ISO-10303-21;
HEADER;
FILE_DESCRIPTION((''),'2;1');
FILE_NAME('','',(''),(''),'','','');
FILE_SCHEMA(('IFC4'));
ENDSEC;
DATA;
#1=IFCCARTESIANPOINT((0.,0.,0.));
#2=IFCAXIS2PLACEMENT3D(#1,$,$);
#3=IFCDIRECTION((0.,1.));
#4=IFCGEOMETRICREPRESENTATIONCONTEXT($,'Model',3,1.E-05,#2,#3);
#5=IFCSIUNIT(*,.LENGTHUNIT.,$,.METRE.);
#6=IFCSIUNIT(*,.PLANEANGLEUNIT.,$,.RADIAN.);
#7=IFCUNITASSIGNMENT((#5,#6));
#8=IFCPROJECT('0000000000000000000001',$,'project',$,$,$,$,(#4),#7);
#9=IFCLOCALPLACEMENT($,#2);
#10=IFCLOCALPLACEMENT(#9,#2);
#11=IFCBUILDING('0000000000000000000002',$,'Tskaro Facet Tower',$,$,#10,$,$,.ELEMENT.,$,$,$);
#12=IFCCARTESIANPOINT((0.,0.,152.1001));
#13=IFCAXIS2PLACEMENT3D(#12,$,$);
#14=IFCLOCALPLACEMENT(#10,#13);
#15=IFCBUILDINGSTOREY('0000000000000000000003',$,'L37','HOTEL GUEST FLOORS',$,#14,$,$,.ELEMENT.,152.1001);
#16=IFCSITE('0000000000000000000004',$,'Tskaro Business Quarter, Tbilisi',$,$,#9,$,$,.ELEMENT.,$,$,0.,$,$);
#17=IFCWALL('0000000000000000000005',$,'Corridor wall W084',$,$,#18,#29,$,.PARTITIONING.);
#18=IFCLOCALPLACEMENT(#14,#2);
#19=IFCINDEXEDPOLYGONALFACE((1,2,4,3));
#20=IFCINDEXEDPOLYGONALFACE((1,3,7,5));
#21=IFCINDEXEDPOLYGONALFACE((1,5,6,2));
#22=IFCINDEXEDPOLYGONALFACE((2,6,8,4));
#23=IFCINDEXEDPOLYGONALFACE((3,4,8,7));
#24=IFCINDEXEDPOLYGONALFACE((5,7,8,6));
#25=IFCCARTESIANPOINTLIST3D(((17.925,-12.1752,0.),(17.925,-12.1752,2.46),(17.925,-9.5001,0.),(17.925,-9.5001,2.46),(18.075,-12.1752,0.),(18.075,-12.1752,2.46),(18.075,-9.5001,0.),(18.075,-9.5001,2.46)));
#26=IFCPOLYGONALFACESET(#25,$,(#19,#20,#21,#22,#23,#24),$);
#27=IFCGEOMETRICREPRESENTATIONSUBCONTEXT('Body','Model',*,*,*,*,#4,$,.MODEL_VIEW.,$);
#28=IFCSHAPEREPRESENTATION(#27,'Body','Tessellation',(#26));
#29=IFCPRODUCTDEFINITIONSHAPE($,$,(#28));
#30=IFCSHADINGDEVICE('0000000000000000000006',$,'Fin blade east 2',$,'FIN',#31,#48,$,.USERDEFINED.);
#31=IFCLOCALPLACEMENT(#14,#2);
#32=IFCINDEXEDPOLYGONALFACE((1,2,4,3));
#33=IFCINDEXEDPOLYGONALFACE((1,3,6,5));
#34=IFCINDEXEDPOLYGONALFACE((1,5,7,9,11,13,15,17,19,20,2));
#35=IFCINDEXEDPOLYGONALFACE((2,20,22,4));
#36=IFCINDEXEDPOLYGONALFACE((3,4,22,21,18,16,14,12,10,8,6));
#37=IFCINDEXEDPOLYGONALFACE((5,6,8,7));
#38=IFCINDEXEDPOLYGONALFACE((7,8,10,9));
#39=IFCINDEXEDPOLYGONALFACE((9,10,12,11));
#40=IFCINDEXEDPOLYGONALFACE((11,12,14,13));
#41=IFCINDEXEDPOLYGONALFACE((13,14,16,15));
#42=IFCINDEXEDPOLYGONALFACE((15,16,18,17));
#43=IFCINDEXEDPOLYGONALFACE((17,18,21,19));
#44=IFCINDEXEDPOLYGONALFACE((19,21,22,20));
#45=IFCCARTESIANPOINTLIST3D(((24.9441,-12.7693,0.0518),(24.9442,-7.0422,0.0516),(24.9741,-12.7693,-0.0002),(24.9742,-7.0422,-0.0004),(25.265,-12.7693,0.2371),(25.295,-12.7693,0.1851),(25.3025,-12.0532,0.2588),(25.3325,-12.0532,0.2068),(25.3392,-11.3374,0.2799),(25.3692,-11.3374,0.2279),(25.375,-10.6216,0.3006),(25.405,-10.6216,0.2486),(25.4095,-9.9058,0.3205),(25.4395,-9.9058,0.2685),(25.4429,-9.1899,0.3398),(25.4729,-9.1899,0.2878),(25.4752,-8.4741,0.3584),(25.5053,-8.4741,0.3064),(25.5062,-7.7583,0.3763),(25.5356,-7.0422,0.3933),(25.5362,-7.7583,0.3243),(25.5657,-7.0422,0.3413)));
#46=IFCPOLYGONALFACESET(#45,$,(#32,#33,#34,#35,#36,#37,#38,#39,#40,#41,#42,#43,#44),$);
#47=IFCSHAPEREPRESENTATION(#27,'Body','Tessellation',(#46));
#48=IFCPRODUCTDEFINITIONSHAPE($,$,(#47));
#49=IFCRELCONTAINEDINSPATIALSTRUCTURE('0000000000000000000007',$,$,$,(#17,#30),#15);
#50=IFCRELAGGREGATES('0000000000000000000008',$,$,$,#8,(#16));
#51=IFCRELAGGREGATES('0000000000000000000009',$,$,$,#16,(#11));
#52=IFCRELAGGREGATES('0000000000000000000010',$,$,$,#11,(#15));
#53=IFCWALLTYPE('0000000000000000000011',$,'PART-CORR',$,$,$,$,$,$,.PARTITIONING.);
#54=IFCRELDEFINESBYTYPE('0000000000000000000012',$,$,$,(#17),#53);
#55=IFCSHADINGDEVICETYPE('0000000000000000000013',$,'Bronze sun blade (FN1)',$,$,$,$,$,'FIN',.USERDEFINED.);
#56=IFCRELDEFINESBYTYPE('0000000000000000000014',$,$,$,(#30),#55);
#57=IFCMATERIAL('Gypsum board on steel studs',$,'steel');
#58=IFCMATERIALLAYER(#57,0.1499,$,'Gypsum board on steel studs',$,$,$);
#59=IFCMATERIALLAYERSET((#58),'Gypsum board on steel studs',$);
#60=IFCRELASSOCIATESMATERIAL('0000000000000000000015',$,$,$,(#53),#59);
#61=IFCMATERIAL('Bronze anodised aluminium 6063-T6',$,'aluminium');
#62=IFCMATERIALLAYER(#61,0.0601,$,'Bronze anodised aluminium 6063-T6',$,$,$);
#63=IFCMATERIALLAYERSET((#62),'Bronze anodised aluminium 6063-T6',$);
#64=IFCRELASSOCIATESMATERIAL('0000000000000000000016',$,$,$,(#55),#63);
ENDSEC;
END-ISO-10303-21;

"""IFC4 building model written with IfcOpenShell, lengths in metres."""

from ifc_helpers import new_model, si_unit, direction, frame, frame_2d, origin, place, context, subcontext, project, spatial, polyline, rectangle, outline, extrude, material, layer, layer_set, type_object, element, save


model = new_model("IFC4")

# Units and contexts
model_context = context("Model", 3, precision=1e-05, world=origin(), true_north=direction((0.0, 1.0)))
body_context = subcontext(model_context, "Body", "Model", "MODEL_VIEW")
ifc_project = project(units=[si_unit("LENGTHUNIT", "METRE"), si_unit("PLANEANGLEUNIT", "RADIAN")], contexts=[model_context])

# Site, building, storey
site_placement = place(None, origin())
site = spatial("IfcSite", under=ifc_project, at=site_placement, Name="Tskaro Business Quarter, Tbilisi", CompositionType="ELEMENT", RefElevation=0.0)
building_placement = place(site_placement, origin())
building = spatial("IfcBuilding", under=site, at=building_placement, Name="Tskaro Facet Tower", CompositionType="ELEMENT")
storey_placement = place(building_placement, frame((0.0, 0.0, 152.1001)))
storey = spatial("IfcBuildingStorey", under=building, at=storey_placement, Name="L37", Description="HOTEL GUEST FLOORS", CompositionType="ELEMENT", Elevation=152.1001)

# Shared definitions
ifc_material_1 = material(Name="Bronze anodised aluminium 6063-T6", Category="aluminium")

# Shared definitions
ifc_material_2 = material(Name="Gypsum board on steel studs", Category="steel")
ifc_layer_1 = layer(ifc_material_2, 0.1499, Name="Gypsum board on steel studs")
ifc_layer_set_1 = layer_set([ifc_layer_1], Name="Gypsum board on steel studs")
wall_type = type_object("IfcWallType", Name="PART-CORR", PredefinedType="PARTITIONING", material=ifc_layer_set_1)

# Wall
wall_1_placement = place(storey_placement, frame((18.0, -12.175, 0.0), z_axis=(0.0, 0.0, 1.0), x_axis=(0.0, 1.0, 0.0)))
element("IfcWall", 1, at=wall_1_placement, inside=storey, type_object=wall_type, Name="Corridor wall W084", PredefinedType="PARTITIONING", context=body_context, shape_type="SweptSolid", body=[
    extrude(rectangle(XDim=2.675, YDim=0.1499, at=frame_2d((1.3374, 0.0))), origin(), (0.0, 0.0, 1.0), 2.46),
])

# Shading device
ifc_layer_2 = layer(ifc_material_1, 0.0601, Name="Bronze anodised aluminium 6063-T6")
ifc_layer_set_2 = layer_set([ifc_layer_2], Name="Bronze anodised aluminium 6063-T6")
shading_device_type = type_object("IfcShadingDeviceType", Name="Bronze sun blade (FN1)", ElementType="FIN", PredefinedType="USERDEFINED", material=ifc_layer_set_2)
shading_device_placement = place(storey_placement, frame((24.9441, -12.7693, 0.0518), z_axis=(-0.500225, 0.00003, 0.865896), x_axis=(0.000015, 1.0, -0.000026)))
element("IfcShadingDevice", 2, at=shading_device_placement, inside=storey, type_object=shading_device_type, Name="Fin blade east 2", ObjectType="FIN", PredefinedType="USERDEFINED", context=body_context, shape_type="SweptSolid", body=[
    extrude(outline(polyline([(0.0, 0.0), (5.7271, 0.0), (5.7271, -0.6831), (5.011, -0.6491), (4.2952, -0.6133), (3.5793, -0.576), (2.8635, -0.5374), (2.1477, -0.4976), (1.4319, -0.4562), (0.7161, -0.4139), (0.0, -0.3706), (0.0, 0.0)])), origin(), (0.0, 0.0, -1.0), 0.0601),
])

save(model, "model.ifc")
